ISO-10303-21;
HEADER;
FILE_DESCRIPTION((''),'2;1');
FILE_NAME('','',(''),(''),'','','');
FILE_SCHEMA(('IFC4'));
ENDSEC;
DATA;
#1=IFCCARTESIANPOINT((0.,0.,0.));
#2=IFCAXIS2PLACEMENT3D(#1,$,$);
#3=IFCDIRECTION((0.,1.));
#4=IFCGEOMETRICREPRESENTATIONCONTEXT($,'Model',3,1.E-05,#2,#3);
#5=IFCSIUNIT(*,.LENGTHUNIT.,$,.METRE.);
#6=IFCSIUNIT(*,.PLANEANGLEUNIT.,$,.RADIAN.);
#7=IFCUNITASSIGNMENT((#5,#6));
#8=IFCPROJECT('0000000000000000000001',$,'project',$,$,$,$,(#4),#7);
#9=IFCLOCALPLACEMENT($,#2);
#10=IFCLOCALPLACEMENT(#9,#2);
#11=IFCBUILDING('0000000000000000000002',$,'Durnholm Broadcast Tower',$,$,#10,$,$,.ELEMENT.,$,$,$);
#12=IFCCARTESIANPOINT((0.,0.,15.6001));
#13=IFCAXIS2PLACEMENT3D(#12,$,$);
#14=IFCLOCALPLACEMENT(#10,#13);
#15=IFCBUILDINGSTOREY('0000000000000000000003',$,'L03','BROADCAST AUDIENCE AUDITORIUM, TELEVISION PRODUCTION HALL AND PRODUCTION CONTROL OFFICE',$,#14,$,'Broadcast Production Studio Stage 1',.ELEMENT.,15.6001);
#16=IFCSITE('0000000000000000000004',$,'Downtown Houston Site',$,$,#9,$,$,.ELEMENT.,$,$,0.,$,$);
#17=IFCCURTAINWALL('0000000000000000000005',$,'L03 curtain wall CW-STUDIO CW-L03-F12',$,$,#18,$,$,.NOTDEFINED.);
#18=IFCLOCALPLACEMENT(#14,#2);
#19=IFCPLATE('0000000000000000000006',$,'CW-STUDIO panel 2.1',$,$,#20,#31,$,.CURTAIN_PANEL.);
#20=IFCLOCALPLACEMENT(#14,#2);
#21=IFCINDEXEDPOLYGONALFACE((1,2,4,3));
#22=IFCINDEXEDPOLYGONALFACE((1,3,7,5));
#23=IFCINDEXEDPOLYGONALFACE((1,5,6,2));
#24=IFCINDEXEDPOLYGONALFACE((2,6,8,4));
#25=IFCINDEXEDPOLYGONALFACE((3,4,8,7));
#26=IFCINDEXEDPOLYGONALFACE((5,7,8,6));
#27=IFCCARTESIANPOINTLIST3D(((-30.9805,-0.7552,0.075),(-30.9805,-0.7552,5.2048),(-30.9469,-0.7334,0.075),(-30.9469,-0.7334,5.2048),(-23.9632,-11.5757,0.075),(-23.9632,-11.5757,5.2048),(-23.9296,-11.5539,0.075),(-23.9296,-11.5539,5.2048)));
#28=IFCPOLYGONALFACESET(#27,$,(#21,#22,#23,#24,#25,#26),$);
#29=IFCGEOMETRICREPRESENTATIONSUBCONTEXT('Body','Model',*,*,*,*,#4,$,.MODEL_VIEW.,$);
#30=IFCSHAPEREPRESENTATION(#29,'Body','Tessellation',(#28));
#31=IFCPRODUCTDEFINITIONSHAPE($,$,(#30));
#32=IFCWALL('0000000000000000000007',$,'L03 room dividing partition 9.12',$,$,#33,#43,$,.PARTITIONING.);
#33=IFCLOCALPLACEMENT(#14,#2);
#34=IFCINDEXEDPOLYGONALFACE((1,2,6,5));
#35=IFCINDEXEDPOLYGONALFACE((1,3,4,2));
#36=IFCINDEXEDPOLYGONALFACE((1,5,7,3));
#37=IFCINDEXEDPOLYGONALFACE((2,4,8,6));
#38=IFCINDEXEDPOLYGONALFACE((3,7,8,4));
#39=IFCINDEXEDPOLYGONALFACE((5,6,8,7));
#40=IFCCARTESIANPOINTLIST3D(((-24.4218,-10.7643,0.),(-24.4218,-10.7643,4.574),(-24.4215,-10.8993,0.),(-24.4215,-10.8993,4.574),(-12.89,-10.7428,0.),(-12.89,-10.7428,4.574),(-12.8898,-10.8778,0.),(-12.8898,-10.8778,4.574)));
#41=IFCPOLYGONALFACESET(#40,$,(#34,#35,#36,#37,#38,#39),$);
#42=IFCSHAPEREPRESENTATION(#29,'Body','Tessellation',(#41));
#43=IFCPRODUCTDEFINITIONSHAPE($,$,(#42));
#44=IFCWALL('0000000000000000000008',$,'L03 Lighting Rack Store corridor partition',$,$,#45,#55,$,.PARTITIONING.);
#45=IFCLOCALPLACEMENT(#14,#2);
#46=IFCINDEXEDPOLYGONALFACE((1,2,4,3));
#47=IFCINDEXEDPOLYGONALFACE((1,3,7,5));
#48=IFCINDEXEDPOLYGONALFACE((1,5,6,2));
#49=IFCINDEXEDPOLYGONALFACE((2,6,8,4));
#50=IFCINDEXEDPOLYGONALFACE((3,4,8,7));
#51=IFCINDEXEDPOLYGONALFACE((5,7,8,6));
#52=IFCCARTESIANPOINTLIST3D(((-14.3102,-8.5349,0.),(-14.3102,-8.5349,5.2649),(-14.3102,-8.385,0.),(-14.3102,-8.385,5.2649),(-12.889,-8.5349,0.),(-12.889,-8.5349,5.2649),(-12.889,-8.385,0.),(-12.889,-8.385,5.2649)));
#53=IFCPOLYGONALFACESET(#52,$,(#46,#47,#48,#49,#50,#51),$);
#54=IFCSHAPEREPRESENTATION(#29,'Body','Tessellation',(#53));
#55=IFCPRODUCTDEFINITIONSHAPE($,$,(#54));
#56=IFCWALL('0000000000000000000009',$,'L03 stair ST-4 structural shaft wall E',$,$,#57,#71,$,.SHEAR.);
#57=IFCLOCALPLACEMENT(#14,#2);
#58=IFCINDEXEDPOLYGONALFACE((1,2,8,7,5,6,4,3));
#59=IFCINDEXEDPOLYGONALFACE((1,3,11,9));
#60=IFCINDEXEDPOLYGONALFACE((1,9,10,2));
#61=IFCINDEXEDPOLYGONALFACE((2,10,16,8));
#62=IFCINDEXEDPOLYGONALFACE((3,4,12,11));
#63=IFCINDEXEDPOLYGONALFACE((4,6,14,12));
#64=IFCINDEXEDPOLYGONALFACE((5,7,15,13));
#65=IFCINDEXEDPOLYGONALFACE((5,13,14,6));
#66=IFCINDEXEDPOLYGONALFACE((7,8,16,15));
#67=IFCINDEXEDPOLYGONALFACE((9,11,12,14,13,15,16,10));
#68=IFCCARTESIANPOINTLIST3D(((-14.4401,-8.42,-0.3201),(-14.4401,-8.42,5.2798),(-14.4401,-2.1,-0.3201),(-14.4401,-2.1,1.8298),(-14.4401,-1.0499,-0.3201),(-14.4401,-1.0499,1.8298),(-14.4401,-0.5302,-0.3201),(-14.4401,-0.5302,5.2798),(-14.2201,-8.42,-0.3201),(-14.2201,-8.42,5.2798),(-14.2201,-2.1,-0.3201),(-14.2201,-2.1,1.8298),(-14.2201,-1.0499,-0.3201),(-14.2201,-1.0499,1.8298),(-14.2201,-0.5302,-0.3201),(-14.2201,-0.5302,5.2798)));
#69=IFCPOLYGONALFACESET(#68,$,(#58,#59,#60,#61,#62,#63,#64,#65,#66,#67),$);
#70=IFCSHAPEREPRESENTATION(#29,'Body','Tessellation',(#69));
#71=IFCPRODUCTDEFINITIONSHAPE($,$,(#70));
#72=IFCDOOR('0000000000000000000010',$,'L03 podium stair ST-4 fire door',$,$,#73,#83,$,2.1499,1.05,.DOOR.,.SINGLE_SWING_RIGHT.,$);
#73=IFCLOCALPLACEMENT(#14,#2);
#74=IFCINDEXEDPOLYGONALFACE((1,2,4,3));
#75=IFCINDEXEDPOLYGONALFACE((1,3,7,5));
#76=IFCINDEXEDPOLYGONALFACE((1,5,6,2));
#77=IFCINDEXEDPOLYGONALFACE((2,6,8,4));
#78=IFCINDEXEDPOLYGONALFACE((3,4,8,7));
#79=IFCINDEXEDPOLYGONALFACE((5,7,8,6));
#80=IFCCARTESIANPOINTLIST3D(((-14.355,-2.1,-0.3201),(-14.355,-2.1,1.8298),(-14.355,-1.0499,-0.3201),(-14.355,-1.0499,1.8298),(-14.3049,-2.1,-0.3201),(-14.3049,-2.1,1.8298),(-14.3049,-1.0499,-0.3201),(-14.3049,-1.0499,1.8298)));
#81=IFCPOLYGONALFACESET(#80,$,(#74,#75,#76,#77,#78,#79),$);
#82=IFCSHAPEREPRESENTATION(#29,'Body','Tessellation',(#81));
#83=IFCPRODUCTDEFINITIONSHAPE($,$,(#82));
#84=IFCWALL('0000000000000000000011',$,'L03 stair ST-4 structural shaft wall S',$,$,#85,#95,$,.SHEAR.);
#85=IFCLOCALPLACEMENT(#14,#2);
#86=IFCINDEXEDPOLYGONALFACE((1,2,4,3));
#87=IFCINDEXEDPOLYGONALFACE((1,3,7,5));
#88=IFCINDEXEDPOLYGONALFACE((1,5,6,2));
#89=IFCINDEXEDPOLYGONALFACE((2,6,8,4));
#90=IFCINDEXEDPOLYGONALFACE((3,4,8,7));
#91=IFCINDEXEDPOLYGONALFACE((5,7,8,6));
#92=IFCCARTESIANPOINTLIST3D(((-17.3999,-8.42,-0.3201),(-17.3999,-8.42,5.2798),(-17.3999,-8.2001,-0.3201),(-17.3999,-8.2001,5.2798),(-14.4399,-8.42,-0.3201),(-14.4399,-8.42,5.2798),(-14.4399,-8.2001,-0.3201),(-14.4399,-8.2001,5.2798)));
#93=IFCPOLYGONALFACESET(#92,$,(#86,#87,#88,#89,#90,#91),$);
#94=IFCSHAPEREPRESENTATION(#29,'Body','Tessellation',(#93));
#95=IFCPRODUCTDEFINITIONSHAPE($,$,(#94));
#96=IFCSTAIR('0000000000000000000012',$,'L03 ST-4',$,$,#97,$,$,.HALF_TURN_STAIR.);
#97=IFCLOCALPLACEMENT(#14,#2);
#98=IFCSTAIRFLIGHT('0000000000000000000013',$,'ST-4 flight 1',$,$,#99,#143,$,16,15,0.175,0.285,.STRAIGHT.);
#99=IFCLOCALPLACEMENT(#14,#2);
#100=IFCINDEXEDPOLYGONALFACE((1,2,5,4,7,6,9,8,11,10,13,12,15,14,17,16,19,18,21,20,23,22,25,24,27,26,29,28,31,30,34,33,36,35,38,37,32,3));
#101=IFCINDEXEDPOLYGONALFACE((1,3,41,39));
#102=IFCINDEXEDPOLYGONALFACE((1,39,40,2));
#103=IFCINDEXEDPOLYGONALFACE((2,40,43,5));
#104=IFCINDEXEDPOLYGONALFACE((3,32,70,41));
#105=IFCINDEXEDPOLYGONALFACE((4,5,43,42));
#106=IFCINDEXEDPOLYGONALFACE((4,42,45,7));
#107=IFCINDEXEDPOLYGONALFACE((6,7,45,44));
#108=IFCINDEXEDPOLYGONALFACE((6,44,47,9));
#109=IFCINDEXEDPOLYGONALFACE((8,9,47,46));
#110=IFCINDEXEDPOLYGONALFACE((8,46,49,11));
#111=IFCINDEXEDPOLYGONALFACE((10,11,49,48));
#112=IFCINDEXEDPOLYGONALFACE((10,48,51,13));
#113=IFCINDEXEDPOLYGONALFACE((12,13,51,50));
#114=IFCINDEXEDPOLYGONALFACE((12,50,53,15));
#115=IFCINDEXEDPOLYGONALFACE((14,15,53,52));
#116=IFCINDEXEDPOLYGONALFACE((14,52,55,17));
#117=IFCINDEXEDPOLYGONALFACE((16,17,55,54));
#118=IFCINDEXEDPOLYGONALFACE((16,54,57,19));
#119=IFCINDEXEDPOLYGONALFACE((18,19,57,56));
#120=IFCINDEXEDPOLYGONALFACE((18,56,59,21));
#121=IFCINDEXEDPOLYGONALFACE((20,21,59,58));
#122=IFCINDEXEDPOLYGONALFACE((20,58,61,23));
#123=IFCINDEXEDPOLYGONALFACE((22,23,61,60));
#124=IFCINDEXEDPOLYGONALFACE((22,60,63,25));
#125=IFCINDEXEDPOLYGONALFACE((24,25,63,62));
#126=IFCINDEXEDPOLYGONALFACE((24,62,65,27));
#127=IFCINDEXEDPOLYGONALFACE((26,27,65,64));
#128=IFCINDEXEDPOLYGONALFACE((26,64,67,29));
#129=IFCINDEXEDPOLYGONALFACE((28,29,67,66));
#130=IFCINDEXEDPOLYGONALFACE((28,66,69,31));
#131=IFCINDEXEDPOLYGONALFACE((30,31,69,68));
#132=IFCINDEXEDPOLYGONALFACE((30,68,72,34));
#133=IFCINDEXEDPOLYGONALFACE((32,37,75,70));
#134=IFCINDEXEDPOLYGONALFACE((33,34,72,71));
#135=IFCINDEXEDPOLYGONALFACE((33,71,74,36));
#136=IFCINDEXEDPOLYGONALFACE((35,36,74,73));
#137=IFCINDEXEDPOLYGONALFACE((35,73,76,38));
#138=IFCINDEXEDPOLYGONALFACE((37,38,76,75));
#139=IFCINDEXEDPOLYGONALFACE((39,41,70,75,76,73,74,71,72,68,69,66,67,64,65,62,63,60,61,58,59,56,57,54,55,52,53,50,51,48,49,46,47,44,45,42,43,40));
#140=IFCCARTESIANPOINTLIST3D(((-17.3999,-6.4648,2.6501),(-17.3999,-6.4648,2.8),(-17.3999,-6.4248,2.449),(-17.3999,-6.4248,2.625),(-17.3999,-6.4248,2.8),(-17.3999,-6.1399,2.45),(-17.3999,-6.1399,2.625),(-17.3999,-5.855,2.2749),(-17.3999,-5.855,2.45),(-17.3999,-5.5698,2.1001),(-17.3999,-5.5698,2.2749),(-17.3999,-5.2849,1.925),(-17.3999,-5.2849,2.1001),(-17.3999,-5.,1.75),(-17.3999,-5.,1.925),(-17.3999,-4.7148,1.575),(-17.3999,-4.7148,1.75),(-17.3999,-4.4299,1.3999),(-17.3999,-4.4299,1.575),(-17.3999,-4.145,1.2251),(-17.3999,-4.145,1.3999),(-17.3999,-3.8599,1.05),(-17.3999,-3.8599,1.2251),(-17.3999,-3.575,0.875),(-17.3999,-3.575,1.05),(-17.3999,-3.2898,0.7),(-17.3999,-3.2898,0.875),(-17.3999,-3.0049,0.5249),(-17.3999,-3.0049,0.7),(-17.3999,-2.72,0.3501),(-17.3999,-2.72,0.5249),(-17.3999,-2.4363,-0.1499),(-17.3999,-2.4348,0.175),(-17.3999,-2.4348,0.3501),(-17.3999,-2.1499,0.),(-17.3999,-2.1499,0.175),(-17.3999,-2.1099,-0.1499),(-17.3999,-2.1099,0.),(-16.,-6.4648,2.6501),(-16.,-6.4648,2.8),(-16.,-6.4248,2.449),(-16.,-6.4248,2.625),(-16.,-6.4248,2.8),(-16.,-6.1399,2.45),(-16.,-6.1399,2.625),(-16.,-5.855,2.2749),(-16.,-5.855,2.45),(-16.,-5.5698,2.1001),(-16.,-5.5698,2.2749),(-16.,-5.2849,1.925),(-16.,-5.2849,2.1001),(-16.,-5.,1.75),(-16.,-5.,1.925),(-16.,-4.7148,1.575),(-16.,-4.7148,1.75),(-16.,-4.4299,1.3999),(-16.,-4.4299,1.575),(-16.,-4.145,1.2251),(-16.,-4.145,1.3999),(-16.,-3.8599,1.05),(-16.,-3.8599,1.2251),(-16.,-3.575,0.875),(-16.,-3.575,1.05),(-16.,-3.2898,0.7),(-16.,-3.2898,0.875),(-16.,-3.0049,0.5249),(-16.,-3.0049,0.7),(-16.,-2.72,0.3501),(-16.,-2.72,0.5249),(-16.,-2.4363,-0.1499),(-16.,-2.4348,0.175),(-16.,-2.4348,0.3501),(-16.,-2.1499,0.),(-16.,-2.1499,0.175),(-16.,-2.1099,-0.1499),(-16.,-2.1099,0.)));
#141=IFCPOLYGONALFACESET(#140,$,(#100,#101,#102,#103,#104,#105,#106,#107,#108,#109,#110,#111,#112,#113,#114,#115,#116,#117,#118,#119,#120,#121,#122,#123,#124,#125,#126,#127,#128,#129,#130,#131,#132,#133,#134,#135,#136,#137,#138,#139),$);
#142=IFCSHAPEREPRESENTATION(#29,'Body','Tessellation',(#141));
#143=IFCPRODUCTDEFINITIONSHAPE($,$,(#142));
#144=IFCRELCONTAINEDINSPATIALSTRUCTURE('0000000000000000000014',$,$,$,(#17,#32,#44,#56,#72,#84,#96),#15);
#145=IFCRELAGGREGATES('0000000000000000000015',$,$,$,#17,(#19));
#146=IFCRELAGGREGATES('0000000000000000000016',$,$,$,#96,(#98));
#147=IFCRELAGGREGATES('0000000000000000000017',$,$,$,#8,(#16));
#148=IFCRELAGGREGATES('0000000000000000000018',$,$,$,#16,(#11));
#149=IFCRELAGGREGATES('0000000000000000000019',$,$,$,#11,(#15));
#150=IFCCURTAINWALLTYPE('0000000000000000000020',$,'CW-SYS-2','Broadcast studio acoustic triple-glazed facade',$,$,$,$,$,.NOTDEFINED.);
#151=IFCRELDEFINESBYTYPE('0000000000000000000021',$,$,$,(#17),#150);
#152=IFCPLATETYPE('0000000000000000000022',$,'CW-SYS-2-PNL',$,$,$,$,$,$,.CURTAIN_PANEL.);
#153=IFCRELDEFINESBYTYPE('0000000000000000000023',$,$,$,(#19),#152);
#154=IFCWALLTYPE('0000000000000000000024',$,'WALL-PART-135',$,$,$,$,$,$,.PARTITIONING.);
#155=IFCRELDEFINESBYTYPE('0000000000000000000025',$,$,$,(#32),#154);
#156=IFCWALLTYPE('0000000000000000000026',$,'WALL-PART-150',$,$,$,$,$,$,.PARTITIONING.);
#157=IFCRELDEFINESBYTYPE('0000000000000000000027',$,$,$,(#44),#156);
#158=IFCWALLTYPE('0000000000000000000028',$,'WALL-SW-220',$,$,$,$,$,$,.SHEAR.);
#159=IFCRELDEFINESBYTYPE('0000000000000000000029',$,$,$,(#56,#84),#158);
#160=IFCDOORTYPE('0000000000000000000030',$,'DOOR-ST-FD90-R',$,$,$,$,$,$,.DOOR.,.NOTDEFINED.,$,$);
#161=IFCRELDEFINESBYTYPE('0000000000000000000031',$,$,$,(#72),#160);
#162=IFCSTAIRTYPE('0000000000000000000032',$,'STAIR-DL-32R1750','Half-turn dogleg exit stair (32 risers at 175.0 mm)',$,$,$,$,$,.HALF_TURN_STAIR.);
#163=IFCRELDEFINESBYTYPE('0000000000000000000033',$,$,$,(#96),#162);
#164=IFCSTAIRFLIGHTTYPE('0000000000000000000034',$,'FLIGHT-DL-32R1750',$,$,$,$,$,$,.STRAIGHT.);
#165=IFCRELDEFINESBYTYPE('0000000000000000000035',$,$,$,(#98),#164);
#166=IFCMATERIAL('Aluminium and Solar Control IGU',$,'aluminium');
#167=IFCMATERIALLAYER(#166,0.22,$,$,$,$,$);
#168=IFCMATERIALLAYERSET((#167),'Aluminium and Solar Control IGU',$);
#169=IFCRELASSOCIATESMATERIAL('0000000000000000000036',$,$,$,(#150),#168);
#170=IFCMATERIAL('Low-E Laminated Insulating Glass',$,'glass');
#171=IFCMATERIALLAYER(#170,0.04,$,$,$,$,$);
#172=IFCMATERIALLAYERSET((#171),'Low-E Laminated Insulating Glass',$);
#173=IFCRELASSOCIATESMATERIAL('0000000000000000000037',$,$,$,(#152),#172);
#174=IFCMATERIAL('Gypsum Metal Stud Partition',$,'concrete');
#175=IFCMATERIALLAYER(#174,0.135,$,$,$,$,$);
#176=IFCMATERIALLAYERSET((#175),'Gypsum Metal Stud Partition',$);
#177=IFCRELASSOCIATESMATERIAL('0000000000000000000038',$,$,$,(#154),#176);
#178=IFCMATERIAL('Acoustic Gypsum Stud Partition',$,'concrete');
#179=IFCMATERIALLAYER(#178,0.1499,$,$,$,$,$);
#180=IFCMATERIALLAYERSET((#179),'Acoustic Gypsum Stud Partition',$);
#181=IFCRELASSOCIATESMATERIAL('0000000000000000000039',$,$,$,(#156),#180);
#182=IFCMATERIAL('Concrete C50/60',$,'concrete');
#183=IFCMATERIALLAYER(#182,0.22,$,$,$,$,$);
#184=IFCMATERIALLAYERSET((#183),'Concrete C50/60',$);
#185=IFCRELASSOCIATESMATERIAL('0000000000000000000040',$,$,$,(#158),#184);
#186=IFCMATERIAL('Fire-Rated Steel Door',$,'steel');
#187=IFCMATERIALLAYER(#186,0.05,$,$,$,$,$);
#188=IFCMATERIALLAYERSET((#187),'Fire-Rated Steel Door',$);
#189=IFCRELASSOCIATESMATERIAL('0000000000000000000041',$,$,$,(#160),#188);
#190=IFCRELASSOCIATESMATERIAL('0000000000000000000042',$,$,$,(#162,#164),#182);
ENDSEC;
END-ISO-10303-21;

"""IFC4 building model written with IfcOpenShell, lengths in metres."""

from ifc_helpers import new_model, si_unit, direction, frame, frame_2d, origin, origin_2d, place, context, subcontext, project, spatial, polyline, rectangle, outline, extrude, source, transform, mapped, material, layer, layer_set, type_object, type_shapes, element, fill, aggregate, save


model = new_model("IFC4")

# Units and contexts
model_context = context("Model", 3, precision=1e-05, world=origin(), true_north=direction((0.0, 1.0)))
body_context = subcontext(model_context, "Body", "Model", "MODEL_VIEW")
ifc_project = project(units=[si_unit("LENGTHUNIT", "METRE"), si_unit("PLANEANGLEUNIT", "RADIAN")], contexts=[model_context])

# Site, building, storey
site_placement = place(None, origin())
site = spatial("IfcSite", under=ifc_project, at=site_placement, Name="Downtown Houston Site", CompositionType="ELEMENT", RefElevation=0.0)
building_placement = place(site_placement, origin())
building = spatial("IfcBuilding", under=site, at=building_placement, Name="Durnholm Broadcast Tower", CompositionType="ELEMENT")
storey_placement = place(building_placement, frame((0.0, 0.0, 15.6001)))
storey = spatial("IfcBuildingStorey", under=building, at=storey_placement, Name="L03", Description="BROADCAST AUDIENCE AUDITORIUM, TELEVISION PRODUCTION HALL AND PRODUCTION CONTROL OFFICE", LongName="Broadcast Production Studio Stage 1", CompositionType="ELEMENT", Elevation=15.6001)

# Curtain wall
ifc_material_1 = material(Name="Aluminium and Solar Control IGU", Category="aluminium")
ifc_layer_1 = layer(ifc_material_1, 0.22)
ifc_layer_set_1 = layer_set([ifc_layer_1], Name="Aluminium and Solar Control IGU")
curtain_wall_type_1 = type_object("IfcCurtainWallType", Name="CW-SYS-2", Description="Broadcast studio acoustic triple-glazed facade", PredefinedType="NOTDEFINED", material=ifc_layer_set_1)
curtain_wall_1_placement = place(storey_placement, origin())
curtain_wall_1 = element("IfcCurtainWall", 1, at=curtain_wall_1_placement, inside=storey, type_object=curtain_wall_type_1, Name="L03 curtain wall CW-STUDIO CW-L03-F12", PredefinedType="NOTDEFINED")

# Plate
ifc_material_2 = material(Name="Low-E Laminated Insulating Glass", Category="glass")
ifc_layer_2 = layer(ifc_material_2, 0.04)
ifc_layer_set_2 = layer_set([ifc_layer_2], Name="Low-E Laminated Insulating Glass")
plate_type_1 = type_object("IfcPlateType", Name="CW-SYS-2-PNL", PredefinedType="CURTAIN_PANEL", material=ifc_layer_set_2)
shared_shape_1 = source(origin(), body_context, "Body", "SweptSolid", [
    extrude(rectangle(XDim=12.8967, YDim=0.04, at=origin_2d()), origin(), (0.0, 0.0, 1.0), 5.1299),
])
type_shapes(plate_type_1, [shared_shape_1])
plate_1_placement = place(storey_placement, frame((-27.4551, -6.1545, 0.075), z_axis=(0.0, 0.0, 1.0), x_axis=(-0.544117, 0.839009, 0.0)))
plate_1 = element("IfcPlate", 2, at=plate_1_placement, type_object=plate_type_1, Name="CW-STUDIO panel 2.1", PredefinedType="CURTAIN_PANEL", context=body_context, shape_type="MappedRepresentation", body=[
    mapped(shared_shape_1, transform((0.0, 0.0, 0.0), x_axis=(1.0, 0.0, 0.0), y_axis=(0.0, 1.0, 0.0), z_axis=(0.0, 0.0, 1.0), scale=1.0)),
])
aggregate(curtain_wall_1, [plate_1])

# Walls
ifc_material_3 = material(Name="Gypsum Metal Stud Partition", Category="concrete")
ifc_layer_3 = layer(ifc_material_3, 0.135)
ifc_layer_set_3 = layer_set([ifc_layer_3], Name="Gypsum Metal Stud Partition")
wall_type_1 = type_object("IfcWallType", Name="WALL-PART-135", PredefinedType="PARTITIONING", material=ifc_layer_set_3)
wall_1_placement = place(storey_placement, frame((-24.4216, -10.8318, 0.0), z_axis=(0.0, 0.0, 1.0), x_axis=(0.999998, 0.001863, 0.0)))
element("IfcWall", 3, at=wall_1_placement, inside=storey, type_object=wall_type_1, Name="L03 room dividing partition 9.12", PredefinedType="PARTITIONING", context=body_context, shape_type="SweptSolid", body=[
    extrude(rectangle(XDim=11.5317, YDim=0.135, at=frame_2d((5.7659, 0.0))), origin(), (0.0, 0.0, 1.0), 4.574),
])
ifc_material_4 = material(Name="Acoustic Gypsum Stud Partition", Category="concrete")
ifc_layer_4 = layer(ifc_material_4, 0.1499)
ifc_layer_set_4 = layer_set([ifc_layer_4], Name="Acoustic Gypsum Stud Partition")
wall_type_2 = type_object("IfcWallType", Name="WALL-PART-150", PredefinedType="PARTITIONING", material=ifc_layer_set_4)
wall_2_placement = place(storey_placement, frame((-14.3101, -8.46, 0.0), z_axis=(0.0, 0.0, 1.0), x_axis=(1.0, 0.0, 0.0)))
element("IfcWall", 4, at=wall_2_placement, inside=storey, type_object=wall_type_2, Name="L03 Lighting Rack Store corridor partition", PredefinedType="PARTITIONING", context=body_context, shape_type="SweptSolid", body=[
    extrude(rectangle(XDim=1.4211, YDim=0.1499, at=frame_2d((0.7104, 0.0))), origin(), (0.0, 0.0, 1.0), 5.2649),
])

# Wall, opening, door
ifc_material_5 = material(Name="Concrete C50/60", Category="concrete")
ifc_layer_5 = layer(ifc_material_5, 0.22)
ifc_layer_set_5 = layer_set([ifc_layer_5], Name="Concrete C50/60")
wall_type_3 = type_object("IfcWallType", Name="WALL-SW-220", PredefinedType="SHEAR", material=ifc_layer_set_5)
wall_3_placement = place(storey_placement, frame((-14.3301, -8.4199, -0.3201), z_axis=(0.0, 0.0, 1.0), x_axis=(0.0, 1.0, 0.0)))
wall_3 = element("IfcWall", 5, at=wall_3_placement, inside=storey, type_object=wall_type_3, Name="L03 stair ST-4 structural shaft wall E", PredefinedType="SHEAR", context=body_context, shape_type="SweptSolid", body=[
    extrude(rectangle(XDim=7.8899, YDim=0.22, at=frame_2d((3.9448, 0.0))), origin(), (0.0, 0.0, 1.0), 5.5999),
])
opening_placement = place(wall_3_placement, frame((6.3201, 0.0, 0.0)))
opening = element("IfcOpeningElement", 6, at=opening_placement, cuts=wall_3, PredefinedType="OPENING", context=body_context, shape_type="SweptSolid", body=[
    extrude(rectangle(XDim=1.05, YDim=2.1499, at=frame_2d((0.5249, 1.075))), frame((0.0, 0.1201, 0.0), z_axis=(0.0, -1.0, 0.0), x_axis=(1.0, 0.0, 0.0)), (0.0, 0.0, 1.0), 0.24),
])
ifc_material_6 = material(Name="Fire-Rated Steel Door", Category="steel")
ifc_layer_6 = layer(ifc_material_6, 0.05)
ifc_layer_set_6 = layer_set([ifc_layer_6], Name="Fire-Rated Steel Door")
door_type = type_object("IfcDoorType", Name="DOOR-ST-FD90-R", OperationType="NOTDEFINED", PredefinedType="DOOR", material=ifc_layer_set_6)
shared_shape_2 = source(origin(), body_context, "Body", "SweptSolid", [
    extrude(rectangle(XDim=1.05, YDim=2.1499, at=frame_2d((0.5249, 1.075))), frame((0.0, 0.0249, 0.0), z_axis=(0.0, -1.0, 0.0), x_axis=(1.0, 0.0, 0.0)), (0.0, 0.0, 1.0), 0.05),
])
type_shapes(door_type, [shared_shape_2])
door_placement = place(opening_placement, origin())
door = element("IfcDoor", 7, at=door_placement, inside=storey, type_object=door_type, Name="L03 podium stair ST-4 fire door", OperationType="SINGLE_SWING_RIGHT", OverallHeight=2.1499, OverallWidth=1.05, PredefinedType="DOOR", context=body_context, shape_type="MappedRepresentation", body=[
    mapped(shared_shape_2, transform((0.0, 0.0, 0.0), x_axis=(1.0, 0.0, 0.0), y_axis=(0.0, 1.0, 0.0), z_axis=(0.0, 0.0, 1.0), scale=1.0)),
])
fill(opening, door)

# Wall
wall_4_placement = place(storey_placement, frame((-17.3999, -8.3101, -0.3201), z_axis=(0.0, 0.0, 1.0), x_axis=(1.0, 0.0, 0.0)))
element("IfcWall", 8, at=wall_4_placement, inside=storey, type_object=wall_type_3, Name="L03 stair ST-4 structural shaft wall S", PredefinedType="SHEAR", context=body_context, shape_type="SweptSolid", body=[
    extrude(rectangle(XDim=2.96, YDim=0.22, at=frame_2d((1.48, 0.0))), origin(), (0.0, 0.0, 1.0), 5.5999),
])

# Stair, stair flight
stair_type = type_object("IfcStairType", Name="STAIR-DL-32R1750", Description="Half-turn dogleg exit stair (32 risers at 175.0 mm)", PredefinedType="HALF_TURN_STAIR", material=ifc_material_5)
stair_placement = place(storey_placement, origin())
stair = element("IfcStair", 9, at=stair_placement, inside=storey, type_object=stair_type, Name="L03 ST-4", PredefinedType="HALF_TURN_STAIR")
stair_flight_type = type_object("IfcStairFlightType", Name="FLIGHT-DL-32R1750", PredefinedType="STRAIGHT", material=ifc_material_5)
stair_flight_1_placement = place(storey_placement, frame((-16.7, -2.1499, 0.0), z_axis=(0.0, 0.0, 1.0), x_axis=(0.0, -1.0, 0.0)))
stair_flight_1 = element("IfcStairFlight", 10, at=stair_flight_1_placement, type_object=stair_flight_type, Name="ST-4 flight 1", NumberOfRisers=16, NumberOfTreads=15, PredefinedType="STRAIGHT", RiserHeight=0.175, TreadLength=0.285, context=body_context, shape_type="SweptSolid", body=[
    extrude(outline(polyline([(-0.04, -0.1499), (-0.04, 0.0), (0.0, 0.0), (0.0, 0.175), (0.2849, 0.175), (0.2849, 0.3501), (0.5701, 0.3501), (0.5701, 0.5249), (0.855, 0.5249), (0.855, 0.7), (1.1399, 0.7), (1.1399, 0.875), (1.425, 0.875), (1.425, 1.05), (1.71, 1.05), (1.71, 1.2251), (1.9951, 1.2251), (1.9951, 1.3999), (2.28, 1.3999), (2.28, 1.575), (2.5649, 1.575), (2.5649, 1.75), (2.8501, 1.75), (2.8501, 1.925), (3.135, 1.925), (3.135, 2.1001), (3.4199, 2.1001), (3.4199, 2.2749), (3.7051, 2.2749), (3.7051, 2.45), (3.99, 2.45), (3.99, 2.625), (4.2749, 2.625), (4.2749, 2.8), (4.3149, 2.8), (4.3149, 2.6501), (4.2749, 2.449), (0.2864, -0.1499), (-0.04, -0.1499)])), frame((0.0, 0.7, 0.0), z_axis=(0.0, -1.0, 0.0), x_axis=(1.0, 0.0, 0.0)), (0.0, 0.0, 1.0), 1.3999),
])
aggregate(stair, [stair_flight_1])

save(model, "model.ifc")
